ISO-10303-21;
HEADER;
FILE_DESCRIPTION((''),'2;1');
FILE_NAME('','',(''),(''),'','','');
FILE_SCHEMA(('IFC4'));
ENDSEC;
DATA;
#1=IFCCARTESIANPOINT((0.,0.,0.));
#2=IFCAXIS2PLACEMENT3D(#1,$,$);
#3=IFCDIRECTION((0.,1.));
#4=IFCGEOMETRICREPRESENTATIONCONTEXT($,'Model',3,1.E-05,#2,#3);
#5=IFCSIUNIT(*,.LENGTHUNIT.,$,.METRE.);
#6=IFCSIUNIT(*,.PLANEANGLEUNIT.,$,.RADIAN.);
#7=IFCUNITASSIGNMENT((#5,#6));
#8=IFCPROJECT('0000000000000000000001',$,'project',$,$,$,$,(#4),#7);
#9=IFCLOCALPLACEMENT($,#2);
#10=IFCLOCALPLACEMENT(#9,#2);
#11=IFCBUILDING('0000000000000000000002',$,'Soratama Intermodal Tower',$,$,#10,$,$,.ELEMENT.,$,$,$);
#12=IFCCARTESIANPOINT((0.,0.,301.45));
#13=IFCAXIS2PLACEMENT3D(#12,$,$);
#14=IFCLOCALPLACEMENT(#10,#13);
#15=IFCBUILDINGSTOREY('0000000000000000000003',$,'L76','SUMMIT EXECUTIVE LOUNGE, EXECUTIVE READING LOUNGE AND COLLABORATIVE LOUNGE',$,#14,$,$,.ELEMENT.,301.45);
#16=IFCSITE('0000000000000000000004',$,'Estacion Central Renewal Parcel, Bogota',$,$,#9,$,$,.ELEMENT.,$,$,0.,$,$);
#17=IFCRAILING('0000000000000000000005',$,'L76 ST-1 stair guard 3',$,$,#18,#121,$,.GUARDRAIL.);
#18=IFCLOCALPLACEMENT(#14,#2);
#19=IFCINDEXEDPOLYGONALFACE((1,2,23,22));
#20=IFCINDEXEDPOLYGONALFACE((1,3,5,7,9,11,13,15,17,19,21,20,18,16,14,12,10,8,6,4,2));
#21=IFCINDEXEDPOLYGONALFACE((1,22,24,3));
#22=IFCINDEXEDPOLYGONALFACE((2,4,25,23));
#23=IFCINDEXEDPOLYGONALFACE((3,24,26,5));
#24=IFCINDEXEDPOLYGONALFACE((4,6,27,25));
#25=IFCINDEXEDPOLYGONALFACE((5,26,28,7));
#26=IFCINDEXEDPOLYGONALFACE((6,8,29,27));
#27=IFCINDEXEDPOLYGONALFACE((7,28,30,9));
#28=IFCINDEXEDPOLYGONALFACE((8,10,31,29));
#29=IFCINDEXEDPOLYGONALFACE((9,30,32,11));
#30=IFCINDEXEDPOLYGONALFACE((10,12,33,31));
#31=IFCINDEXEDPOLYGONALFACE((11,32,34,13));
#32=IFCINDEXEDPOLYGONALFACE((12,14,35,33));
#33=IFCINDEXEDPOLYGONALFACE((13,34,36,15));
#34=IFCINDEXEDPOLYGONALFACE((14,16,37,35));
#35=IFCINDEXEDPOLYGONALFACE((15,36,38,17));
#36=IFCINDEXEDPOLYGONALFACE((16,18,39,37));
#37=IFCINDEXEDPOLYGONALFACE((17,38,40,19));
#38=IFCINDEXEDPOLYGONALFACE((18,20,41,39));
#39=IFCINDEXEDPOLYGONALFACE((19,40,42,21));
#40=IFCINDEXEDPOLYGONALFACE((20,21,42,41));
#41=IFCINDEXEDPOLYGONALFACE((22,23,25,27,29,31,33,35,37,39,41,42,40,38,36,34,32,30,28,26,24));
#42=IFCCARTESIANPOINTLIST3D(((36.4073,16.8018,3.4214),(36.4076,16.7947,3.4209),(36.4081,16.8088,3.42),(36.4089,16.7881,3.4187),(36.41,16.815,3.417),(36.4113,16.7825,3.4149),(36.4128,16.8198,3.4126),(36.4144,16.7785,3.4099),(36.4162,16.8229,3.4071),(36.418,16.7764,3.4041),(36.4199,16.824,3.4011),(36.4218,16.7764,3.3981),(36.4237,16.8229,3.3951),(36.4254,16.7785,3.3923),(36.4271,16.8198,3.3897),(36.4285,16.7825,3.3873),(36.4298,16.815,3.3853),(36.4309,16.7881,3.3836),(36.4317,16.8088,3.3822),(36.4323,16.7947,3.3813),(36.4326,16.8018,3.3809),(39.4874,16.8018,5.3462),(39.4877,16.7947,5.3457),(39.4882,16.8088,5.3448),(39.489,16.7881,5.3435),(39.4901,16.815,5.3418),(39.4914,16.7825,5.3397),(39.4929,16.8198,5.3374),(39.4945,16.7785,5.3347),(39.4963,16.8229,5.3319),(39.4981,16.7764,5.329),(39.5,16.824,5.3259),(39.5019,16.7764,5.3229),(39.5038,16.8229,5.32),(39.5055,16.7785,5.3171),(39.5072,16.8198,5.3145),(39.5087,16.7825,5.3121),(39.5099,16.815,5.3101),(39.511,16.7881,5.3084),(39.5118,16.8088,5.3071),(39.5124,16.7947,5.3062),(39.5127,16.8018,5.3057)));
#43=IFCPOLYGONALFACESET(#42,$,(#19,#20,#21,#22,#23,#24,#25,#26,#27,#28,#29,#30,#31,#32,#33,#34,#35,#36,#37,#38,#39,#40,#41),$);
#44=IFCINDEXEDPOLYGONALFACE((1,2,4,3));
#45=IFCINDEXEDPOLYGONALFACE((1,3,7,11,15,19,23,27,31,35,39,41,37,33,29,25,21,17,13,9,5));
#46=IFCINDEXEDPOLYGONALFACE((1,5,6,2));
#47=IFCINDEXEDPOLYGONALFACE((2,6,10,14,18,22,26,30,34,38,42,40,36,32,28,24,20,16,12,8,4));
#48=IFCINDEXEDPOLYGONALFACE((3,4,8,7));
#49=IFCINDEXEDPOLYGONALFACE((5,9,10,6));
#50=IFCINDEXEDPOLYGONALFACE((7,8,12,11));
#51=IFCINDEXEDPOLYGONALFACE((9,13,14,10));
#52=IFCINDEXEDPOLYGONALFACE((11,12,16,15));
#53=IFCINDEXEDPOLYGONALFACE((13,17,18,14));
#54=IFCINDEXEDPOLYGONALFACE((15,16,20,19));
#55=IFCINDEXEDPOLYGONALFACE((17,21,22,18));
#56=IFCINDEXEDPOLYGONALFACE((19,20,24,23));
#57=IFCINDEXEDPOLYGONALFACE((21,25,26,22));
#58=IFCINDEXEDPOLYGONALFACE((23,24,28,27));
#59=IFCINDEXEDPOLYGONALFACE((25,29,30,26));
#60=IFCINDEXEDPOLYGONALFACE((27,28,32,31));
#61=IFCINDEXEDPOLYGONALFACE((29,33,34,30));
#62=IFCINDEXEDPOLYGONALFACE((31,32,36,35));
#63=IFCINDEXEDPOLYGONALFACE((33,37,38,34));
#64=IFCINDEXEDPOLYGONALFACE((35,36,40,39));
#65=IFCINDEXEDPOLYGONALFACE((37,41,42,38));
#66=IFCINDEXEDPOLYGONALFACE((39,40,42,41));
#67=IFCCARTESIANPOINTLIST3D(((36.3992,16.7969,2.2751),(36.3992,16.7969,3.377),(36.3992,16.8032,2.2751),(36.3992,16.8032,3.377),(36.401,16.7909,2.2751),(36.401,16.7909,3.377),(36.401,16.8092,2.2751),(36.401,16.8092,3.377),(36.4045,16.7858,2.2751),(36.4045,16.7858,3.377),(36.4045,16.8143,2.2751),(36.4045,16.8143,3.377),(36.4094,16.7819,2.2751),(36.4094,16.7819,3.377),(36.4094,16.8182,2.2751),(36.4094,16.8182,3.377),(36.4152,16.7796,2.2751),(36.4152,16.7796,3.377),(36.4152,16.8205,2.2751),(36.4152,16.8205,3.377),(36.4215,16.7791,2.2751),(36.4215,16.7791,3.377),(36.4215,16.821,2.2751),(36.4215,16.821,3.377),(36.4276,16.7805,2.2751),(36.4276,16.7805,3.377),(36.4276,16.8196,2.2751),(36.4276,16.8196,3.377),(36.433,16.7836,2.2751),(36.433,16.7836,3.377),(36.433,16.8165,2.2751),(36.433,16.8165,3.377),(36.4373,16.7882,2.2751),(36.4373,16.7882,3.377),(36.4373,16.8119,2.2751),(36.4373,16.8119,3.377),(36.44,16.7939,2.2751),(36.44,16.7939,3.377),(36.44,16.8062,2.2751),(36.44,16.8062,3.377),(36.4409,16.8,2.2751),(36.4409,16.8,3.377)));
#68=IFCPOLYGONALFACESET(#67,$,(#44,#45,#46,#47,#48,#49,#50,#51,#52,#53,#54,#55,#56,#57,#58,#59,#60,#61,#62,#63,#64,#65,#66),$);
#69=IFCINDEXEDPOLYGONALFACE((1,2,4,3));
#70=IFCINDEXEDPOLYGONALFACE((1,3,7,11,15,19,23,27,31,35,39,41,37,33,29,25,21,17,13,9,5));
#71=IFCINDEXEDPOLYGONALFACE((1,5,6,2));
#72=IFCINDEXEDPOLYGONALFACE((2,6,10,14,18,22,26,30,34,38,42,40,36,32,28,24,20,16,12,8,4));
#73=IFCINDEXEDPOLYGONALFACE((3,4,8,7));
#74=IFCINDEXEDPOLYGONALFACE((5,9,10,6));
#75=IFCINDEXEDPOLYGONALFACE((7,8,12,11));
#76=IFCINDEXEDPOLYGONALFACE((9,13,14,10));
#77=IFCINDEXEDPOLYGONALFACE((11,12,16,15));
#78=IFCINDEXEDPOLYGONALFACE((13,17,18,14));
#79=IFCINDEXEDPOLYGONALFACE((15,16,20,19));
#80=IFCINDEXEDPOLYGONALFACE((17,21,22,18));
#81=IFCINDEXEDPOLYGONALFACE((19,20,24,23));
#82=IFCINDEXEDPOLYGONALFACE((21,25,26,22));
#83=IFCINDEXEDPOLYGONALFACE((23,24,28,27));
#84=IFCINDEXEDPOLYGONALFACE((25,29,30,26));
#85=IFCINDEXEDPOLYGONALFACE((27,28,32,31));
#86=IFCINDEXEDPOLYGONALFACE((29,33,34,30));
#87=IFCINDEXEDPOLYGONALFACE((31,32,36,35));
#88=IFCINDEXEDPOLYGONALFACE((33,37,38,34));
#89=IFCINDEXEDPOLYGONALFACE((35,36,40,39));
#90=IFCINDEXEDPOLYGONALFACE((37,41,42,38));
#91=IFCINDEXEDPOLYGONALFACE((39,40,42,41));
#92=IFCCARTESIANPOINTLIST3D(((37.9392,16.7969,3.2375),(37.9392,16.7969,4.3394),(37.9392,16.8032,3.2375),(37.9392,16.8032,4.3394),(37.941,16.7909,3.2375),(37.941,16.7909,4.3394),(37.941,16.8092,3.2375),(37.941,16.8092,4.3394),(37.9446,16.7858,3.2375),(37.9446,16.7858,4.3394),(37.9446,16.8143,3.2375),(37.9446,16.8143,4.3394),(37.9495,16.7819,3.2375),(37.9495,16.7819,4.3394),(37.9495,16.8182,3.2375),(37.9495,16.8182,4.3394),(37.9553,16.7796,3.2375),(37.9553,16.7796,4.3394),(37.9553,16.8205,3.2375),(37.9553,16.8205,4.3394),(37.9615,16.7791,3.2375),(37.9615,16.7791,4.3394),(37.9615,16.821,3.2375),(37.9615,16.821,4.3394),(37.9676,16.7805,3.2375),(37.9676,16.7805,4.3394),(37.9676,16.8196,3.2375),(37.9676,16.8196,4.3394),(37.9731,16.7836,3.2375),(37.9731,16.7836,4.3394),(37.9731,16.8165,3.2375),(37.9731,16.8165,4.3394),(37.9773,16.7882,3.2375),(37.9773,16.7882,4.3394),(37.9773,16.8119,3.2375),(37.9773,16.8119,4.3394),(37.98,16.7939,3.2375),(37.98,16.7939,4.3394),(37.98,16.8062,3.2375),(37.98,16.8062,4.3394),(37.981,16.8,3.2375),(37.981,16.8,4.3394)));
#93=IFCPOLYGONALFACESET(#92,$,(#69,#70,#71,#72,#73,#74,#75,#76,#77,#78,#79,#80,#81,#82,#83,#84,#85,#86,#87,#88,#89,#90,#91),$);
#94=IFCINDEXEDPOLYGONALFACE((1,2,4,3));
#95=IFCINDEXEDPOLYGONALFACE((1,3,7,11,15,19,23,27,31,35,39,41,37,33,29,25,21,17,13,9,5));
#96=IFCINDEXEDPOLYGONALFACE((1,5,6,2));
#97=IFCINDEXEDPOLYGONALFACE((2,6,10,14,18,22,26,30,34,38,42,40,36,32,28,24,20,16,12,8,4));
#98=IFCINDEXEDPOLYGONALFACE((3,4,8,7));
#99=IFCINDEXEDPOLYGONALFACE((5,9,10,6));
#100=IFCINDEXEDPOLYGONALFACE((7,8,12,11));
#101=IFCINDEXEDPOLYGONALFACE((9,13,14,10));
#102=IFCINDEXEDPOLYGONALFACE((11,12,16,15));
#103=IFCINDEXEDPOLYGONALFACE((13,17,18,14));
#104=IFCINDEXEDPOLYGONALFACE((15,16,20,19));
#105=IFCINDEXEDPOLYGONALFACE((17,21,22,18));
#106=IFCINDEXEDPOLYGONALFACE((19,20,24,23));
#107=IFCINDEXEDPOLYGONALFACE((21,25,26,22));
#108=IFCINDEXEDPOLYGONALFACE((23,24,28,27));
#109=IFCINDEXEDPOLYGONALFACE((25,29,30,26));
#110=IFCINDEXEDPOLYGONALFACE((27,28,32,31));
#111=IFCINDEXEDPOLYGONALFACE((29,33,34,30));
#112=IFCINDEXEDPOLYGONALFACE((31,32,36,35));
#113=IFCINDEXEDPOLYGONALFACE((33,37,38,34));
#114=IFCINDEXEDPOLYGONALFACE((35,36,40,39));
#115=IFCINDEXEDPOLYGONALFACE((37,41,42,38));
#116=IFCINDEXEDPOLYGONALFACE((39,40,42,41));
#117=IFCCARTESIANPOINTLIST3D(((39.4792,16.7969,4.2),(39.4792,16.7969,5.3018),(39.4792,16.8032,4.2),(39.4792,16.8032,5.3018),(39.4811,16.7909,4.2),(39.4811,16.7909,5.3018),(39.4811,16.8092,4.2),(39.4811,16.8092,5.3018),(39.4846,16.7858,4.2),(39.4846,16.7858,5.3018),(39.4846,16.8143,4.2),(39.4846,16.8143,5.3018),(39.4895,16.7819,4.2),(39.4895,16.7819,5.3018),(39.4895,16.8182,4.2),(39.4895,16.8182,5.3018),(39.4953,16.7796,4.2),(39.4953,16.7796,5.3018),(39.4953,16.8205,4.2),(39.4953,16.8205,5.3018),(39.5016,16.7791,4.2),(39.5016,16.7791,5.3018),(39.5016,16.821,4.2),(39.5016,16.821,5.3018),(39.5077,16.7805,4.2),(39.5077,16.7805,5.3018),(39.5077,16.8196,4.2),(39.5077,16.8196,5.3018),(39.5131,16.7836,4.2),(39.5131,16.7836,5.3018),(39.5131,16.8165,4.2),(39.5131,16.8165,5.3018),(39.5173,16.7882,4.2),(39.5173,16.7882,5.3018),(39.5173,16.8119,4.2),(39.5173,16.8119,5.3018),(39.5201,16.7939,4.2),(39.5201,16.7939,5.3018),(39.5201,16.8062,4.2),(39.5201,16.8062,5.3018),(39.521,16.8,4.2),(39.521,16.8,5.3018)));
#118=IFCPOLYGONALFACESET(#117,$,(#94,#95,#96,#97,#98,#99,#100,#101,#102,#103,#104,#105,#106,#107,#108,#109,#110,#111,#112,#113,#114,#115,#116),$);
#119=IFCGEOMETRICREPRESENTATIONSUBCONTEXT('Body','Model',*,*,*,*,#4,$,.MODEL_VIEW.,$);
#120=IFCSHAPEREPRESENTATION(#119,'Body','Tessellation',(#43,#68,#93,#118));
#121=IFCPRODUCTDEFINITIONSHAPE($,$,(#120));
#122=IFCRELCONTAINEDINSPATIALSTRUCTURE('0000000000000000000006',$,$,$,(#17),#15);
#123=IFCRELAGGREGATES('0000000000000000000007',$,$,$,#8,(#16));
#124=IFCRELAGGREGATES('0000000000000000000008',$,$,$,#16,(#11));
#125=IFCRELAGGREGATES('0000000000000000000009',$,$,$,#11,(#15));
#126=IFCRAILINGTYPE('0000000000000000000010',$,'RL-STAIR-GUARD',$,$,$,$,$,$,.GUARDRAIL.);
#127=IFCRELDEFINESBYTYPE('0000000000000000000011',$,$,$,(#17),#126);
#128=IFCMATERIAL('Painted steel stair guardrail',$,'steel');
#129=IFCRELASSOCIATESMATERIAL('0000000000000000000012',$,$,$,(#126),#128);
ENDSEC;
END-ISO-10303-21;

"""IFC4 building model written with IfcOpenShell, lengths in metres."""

from ifc_helpers import new_model, si_unit, direction, frame, origin, origin_2d, place, context, subcontext, project, spatial, circle, extrude, material, type_object, element, save


model = new_model("IFC4")

# Units and contexts
model_context = context("Model", 3, precision=1e-05, world=origin(), true_north=direction((0.0, 1.0)))
body_context = subcontext(model_context, "Body", "Model", "MODEL_VIEW")
ifc_project = project(units=[si_unit("LENGTHUNIT", "METRE"), si_unit("PLANEANGLEUNIT", "RADIAN")], contexts=[model_context])

# Site, building, storey
site_placement = place(None, origin())
site = spatial("IfcSite", under=ifc_project, at=site_placement, Name="Estacion Central Renewal Parcel, Bogota", CompositionType="ELEMENT", RefElevation=0.0)
building_placement = place(site_placement, origin())
building = spatial("IfcBuilding", under=site, at=building_placement, Name="Soratama Intermodal Tower", CompositionType="ELEMENT")
storey_placement = place(building_placement, frame((0.0, 0.0, 301.45)))
storey = spatial("IfcBuildingStorey", under=building, at=storey_placement, Name="L76", Description="SUMMIT EXECUTIVE LOUNGE, EXECUTIVE READING LOUNGE AND COLLABORATIVE LOUNGE", CompositionType="ELEMENT", Elevation=301.45)

# Railing
ifc_material_1 = material(Name="Painted steel stair guardrail", Category="steel")
railing_type_1 = type_object("IfcRailingType", Name="RL-STAIR-GUARD", PredefinedType="GUARDRAIL", material=ifc_material_1)
railing_1_placement = place(storey_placement, frame((36.4199, 16.8, 2.2751)))
element("IfcRailing", 1, at=railing_1_placement, inside=storey, type_object=railing_type_1, Name="L76 ST-1 stair guard 3", PredefinedType="GUARDRAIL", context=body_context, shape_type="SweptSolid", body=[
    extrude(circle(Radius=0.0239, at=origin_2d()), frame((0.0, 0.0, 1.126), z_axis=(0.848029, 0.0, 0.529951), x_axis=(0.0, 1.0, 0.0)), (0.0, 0.0, 1.0), 3.6321),
    extrude(circle(Radius=0.021, at=origin_2d()), origin(), (0.0, 0.0, 1.0), 1.1018),
    extrude(circle(Radius=0.021, at=origin_2d()), frame((1.54, 0.0, 0.9624)), (0.0, 0.0, 1.0), 1.1018),
    extrude(circle(Radius=0.021, at=origin_2d()), frame((3.0801, 0.0, 1.9248)), (0.0, 0.0, 1.0), 1.1018),
])

save(model, "model.ifc")
